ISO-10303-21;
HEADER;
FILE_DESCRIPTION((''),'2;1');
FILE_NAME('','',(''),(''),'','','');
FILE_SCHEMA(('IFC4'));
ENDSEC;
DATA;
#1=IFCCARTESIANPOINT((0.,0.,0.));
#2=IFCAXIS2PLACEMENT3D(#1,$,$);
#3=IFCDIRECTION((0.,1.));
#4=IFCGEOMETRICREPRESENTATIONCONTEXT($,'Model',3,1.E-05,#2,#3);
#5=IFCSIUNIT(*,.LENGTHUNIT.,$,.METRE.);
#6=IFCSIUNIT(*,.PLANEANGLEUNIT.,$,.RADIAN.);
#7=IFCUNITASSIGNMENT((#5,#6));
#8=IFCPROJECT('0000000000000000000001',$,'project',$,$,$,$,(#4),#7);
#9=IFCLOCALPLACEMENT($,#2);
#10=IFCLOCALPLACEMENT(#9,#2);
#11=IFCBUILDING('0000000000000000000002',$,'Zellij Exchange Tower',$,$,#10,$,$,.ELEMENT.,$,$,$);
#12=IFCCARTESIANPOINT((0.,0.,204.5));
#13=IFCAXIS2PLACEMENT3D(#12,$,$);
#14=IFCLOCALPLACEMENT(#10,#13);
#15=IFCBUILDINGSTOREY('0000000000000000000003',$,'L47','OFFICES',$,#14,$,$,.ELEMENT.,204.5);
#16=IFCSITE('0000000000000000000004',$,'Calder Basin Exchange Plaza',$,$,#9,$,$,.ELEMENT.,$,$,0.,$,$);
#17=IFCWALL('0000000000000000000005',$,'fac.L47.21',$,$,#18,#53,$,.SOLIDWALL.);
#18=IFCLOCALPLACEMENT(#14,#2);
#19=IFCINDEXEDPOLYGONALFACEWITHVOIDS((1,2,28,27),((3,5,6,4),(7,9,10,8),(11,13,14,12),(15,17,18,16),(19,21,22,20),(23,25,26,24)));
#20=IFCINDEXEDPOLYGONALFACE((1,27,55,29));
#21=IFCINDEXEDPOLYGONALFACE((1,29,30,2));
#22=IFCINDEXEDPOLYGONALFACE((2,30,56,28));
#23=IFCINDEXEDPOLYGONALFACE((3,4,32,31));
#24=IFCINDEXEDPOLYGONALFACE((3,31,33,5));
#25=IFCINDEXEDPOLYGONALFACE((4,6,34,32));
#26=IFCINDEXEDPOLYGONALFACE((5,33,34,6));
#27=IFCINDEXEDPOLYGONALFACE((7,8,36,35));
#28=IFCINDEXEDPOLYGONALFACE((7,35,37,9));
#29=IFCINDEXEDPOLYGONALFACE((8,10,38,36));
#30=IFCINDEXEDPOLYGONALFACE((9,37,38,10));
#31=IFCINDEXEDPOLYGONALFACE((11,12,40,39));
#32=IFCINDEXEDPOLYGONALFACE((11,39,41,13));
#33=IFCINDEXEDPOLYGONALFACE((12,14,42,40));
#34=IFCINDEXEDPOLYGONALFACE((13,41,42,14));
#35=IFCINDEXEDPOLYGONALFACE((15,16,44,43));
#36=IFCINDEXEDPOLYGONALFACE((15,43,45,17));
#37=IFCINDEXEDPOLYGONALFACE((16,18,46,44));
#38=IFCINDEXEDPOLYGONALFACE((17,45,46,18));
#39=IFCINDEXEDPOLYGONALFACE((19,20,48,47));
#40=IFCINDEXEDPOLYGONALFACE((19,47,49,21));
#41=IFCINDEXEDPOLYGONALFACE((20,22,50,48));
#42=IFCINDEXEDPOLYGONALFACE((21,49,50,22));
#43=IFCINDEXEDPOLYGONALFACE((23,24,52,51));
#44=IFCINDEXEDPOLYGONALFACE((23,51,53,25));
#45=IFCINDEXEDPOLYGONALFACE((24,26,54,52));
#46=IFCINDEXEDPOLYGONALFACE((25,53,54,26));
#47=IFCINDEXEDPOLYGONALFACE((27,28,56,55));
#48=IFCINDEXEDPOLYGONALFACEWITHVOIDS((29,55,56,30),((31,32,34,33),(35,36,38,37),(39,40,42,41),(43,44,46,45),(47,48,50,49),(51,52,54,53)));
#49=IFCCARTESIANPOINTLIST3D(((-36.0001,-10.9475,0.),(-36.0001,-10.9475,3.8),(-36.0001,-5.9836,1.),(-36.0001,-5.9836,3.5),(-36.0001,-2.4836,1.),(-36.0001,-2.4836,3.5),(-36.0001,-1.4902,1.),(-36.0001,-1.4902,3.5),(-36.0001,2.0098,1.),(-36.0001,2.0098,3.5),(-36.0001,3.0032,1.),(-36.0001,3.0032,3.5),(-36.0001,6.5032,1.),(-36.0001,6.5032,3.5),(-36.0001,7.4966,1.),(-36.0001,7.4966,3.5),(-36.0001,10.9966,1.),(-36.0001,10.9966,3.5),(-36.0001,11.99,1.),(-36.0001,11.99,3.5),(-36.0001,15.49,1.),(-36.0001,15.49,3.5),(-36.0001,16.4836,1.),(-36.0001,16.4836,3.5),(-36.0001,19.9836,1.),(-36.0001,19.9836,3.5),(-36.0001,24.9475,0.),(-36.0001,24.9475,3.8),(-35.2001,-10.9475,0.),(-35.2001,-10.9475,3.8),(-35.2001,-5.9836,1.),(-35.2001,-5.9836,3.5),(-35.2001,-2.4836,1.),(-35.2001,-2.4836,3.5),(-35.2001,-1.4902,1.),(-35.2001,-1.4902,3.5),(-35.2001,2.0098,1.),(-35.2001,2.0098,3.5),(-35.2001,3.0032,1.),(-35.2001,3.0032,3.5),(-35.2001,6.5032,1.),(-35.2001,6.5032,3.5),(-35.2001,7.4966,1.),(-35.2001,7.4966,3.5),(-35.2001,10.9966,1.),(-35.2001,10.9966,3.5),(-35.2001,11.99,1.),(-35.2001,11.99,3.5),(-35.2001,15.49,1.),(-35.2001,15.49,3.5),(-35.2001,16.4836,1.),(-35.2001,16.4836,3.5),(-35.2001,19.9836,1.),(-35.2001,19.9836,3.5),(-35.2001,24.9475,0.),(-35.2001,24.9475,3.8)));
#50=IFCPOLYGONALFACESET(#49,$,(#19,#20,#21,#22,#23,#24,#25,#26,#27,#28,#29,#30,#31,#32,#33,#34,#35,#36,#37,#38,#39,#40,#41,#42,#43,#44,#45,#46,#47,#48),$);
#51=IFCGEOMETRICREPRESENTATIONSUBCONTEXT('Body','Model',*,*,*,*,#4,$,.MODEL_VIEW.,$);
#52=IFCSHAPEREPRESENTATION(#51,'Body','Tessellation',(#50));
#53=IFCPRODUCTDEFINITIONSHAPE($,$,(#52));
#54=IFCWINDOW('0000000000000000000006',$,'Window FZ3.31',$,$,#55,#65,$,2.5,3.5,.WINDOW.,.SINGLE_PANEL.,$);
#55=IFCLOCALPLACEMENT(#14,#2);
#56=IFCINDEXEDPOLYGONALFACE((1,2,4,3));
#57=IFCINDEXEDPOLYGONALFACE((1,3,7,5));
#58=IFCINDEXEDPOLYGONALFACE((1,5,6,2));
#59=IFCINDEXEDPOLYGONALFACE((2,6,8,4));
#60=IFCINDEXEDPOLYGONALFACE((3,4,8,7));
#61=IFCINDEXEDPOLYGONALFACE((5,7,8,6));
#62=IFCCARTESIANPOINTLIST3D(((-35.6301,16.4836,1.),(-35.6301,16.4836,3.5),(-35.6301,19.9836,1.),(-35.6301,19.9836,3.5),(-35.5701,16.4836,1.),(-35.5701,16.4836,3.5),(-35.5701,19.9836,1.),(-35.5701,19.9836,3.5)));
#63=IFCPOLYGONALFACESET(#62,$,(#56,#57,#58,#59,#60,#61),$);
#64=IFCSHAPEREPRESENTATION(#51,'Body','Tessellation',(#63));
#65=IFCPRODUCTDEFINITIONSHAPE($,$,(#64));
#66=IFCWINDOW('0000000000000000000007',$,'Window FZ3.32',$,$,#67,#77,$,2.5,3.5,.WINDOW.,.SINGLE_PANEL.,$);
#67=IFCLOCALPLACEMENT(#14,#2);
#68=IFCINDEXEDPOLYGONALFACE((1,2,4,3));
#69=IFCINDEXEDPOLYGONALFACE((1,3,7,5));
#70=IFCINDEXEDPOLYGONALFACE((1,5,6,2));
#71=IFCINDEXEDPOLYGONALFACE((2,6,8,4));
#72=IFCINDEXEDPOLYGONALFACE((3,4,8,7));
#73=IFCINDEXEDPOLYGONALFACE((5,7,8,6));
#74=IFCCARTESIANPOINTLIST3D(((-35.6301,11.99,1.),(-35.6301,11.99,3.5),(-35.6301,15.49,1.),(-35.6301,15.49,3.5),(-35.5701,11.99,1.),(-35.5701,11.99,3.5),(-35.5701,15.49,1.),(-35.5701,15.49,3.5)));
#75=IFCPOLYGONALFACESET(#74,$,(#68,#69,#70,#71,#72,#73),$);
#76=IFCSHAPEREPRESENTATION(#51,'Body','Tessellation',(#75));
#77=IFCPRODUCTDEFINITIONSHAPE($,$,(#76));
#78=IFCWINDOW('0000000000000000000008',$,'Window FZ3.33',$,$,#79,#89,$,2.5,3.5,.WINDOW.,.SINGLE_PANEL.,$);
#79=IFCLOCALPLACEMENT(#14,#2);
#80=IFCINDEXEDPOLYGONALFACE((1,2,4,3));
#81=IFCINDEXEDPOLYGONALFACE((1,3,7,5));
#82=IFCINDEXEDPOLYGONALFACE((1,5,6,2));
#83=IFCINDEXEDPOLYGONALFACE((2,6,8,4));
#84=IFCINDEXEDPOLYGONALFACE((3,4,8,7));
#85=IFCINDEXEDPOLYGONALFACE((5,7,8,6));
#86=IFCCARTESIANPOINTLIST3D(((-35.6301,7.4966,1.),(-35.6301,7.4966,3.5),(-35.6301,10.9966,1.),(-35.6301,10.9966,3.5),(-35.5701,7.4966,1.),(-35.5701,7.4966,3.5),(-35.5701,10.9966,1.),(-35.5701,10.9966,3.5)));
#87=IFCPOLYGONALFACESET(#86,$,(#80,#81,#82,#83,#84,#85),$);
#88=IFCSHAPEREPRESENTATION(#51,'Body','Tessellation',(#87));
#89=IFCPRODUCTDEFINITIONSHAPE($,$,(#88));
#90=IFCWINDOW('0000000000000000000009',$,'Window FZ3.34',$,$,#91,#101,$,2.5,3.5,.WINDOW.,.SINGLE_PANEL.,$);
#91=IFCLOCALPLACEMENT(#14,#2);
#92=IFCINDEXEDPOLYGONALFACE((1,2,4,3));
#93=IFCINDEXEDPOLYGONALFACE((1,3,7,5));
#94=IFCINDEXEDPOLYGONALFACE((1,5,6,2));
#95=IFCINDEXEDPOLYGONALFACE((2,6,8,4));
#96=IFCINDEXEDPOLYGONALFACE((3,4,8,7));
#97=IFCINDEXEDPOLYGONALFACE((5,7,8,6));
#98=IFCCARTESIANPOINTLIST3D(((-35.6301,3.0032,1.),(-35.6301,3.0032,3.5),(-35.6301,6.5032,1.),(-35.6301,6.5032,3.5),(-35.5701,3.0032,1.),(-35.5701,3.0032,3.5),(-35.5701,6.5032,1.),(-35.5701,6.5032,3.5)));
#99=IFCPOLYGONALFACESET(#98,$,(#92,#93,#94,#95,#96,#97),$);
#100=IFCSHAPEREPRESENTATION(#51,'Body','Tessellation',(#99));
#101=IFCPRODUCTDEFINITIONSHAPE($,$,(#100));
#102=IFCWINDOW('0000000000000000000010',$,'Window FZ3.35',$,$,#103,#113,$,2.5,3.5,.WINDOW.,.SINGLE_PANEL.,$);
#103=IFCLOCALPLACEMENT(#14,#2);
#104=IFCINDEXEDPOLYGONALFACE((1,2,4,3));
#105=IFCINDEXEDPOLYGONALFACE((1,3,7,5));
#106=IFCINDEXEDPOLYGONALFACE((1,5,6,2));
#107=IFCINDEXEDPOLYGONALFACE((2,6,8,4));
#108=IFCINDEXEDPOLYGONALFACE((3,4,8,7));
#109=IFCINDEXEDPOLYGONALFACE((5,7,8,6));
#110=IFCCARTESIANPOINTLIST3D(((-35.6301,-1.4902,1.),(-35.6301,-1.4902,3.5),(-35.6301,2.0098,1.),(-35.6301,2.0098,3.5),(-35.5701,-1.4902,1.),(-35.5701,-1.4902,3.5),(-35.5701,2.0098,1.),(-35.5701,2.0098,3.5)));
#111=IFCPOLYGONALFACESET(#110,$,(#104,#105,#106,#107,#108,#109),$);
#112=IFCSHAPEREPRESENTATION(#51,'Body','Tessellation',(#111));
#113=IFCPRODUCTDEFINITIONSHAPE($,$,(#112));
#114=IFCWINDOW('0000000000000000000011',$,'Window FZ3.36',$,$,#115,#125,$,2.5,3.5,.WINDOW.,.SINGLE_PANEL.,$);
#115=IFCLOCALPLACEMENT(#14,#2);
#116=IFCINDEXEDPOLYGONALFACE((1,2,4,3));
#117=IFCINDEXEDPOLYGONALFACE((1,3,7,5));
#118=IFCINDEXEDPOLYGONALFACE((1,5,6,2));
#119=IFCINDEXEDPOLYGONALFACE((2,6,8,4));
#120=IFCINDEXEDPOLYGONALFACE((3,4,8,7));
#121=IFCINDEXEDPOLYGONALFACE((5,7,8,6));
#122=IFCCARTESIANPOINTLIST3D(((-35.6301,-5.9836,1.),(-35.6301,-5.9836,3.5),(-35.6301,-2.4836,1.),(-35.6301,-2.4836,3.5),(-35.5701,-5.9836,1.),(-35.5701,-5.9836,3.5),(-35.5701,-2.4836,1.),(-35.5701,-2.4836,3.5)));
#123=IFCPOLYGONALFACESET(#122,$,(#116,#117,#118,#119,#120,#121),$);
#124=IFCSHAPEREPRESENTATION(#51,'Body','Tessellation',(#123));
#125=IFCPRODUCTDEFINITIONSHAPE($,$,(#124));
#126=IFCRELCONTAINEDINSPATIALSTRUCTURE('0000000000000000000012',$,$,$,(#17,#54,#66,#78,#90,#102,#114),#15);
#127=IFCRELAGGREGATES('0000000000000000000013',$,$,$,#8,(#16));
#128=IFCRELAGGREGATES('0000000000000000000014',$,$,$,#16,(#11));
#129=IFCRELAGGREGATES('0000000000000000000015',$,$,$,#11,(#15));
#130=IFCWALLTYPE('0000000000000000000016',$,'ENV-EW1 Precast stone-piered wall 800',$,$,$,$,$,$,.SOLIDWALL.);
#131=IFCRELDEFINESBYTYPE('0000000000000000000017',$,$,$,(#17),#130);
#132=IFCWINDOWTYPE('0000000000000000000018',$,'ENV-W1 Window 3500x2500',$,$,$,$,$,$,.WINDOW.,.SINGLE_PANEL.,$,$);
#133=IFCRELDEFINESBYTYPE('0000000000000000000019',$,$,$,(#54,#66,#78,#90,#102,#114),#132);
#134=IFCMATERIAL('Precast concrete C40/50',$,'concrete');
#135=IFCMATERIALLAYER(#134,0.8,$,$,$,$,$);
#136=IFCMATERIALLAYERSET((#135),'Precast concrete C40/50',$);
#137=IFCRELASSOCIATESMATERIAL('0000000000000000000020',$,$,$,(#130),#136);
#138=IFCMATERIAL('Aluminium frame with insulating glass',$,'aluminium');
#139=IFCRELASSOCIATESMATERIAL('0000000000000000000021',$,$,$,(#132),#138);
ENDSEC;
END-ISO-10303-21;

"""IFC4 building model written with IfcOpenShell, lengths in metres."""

from ifc_helpers import new_model, si_unit, direction, frame, frame_2d, origin, place, context, subcontext, project, spatial, rectangle, extrude, material, layer, layer_set, type_object, element, fill, save


model = new_model("IFC4")

# Units and contexts
model_context = context("Model", 3, precision=1e-05, world=origin(), true_north=direction((0.0, 1.0)))
body_context = subcontext(model_context, "Body", "Model", "MODEL_VIEW")
ifc_project = project(units=[si_unit("LENGTHUNIT", "METRE"), si_unit("PLANEANGLEUNIT", "RADIAN")], contexts=[model_context])

# Site, building, storey
site_placement = place(None, origin())
site = spatial("IfcSite", under=ifc_project, at=site_placement, Name="Calder Basin Exchange Plaza", CompositionType="ELEMENT", RefElevation=0.0)
building_placement = place(site_placement, origin())
building = spatial("IfcBuilding", under=site, at=building_placement, Name="Zellij Exchange Tower", CompositionType="ELEMENT")
storey_placement = place(building_placement, frame((0.0, 0.0, 204.5)))
storey = spatial("IfcBuildingStorey", under=building, at=storey_placement, Name="L47", Description="OFFICES", CompositionType="ELEMENT", Elevation=204.5)

# Shared definitions
ifc_material_1 = material(Name="Precast concrete C40/50", Category="concrete")
ifc_layer_1 = layer(ifc_material_1, 0.8)
ifc_layer_set_1 = layer_set([ifc_layer_1], Name="Precast concrete C40/50")
wall_type = type_object("IfcWallType", Name="ENV-EW1 Precast stone-piered wall 800", PredefinedType="SOLIDWALL", material=ifc_layer_set_1)

# Wall, openings, windows
wall_1_placement = place(storey_placement, frame((-35.6001, 24.9475, 0.0), z_axis=(0.0, 0.0, 1.0), x_axis=(0.0, -1.0, 0.0)))
wall_1 = element("IfcWall", 1, at=wall_1_placement, inside=storey, type_object=wall_type, Name="fac.L47.21", PredefinedType="SOLIDWALL", context=body_context, shape_type="SweptSolid", body=[
    extrude(rectangle(XDim=35.895, YDim=0.8, at=frame_2d((17.9475, 0.0))), origin(), (0.0, 0.0, 1.0), 3.8),
])
opening_1_placement = place(wall_1_placement, frame((4.9639, 0.0, 1.0)))
opening_1 = element("IfcOpeningElement", 2, at=opening_1_placement, cuts=wall_1, PredefinedType="OPENING", context=body_context, shape_type="SweptSolid", body=[
    extrude(rectangle(XDim=3.5, YDim=2.5, at=frame_2d((1.75, 1.25))), frame((0.0, 0.4121, 0.0), z_axis=(0.0, -1.0, 0.0), x_axis=(1.0, 0.0, 0.0)), (0.0, 0.0, 1.0), 0.824),
])
opening_2_placement = place(wall_1_placement, frame((9.4575, 0.0, 1.0)))
opening_2 = element("IfcOpeningElement", 3, at=opening_2_placement, cuts=wall_1, PredefinedType="OPENING", context=body_context, shape_type="SweptSolid", body=[
    extrude(rectangle(XDim=3.5, YDim=2.5, at=frame_2d((1.75, 1.25))), frame((0.0, 0.4121, 0.0), z_axis=(0.0, -1.0, 0.0), x_axis=(1.0, 0.0, 0.0)), (0.0, 0.0, 1.0), 0.824),
])
opening_3_placement = place(wall_1_placement, frame((13.9509, 0.0, 1.0)))
opening_3 = element("IfcOpeningElement", 4, at=opening_3_placement, cuts=wall_1, PredefinedType="OPENING", context=body_context, shape_type="SweptSolid", body=[
    extrude(rectangle(XDim=3.5, YDim=2.5, at=frame_2d((1.75, 1.25))), frame((0.0, 0.4121, 0.0), z_axis=(0.0, -1.0, 0.0), x_axis=(1.0, 0.0, 0.0)), (0.0, 0.0, 1.0), 0.824),
])
opening_4_placement = place(wall_1_placement, frame((18.4443, 0.0, 1.0)))
opening_4 = element("IfcOpeningElement", 5, at=opening_4_placement, cuts=wall_1, PredefinedType="OPENING", context=body_context, shape_type="SweptSolid", body=[
    extrude(rectangle(XDim=3.5, YDim=2.5, at=frame_2d((1.75, 1.25))), frame((0.0, 0.4121, 0.0), z_axis=(0.0, -1.0, 0.0), x_axis=(1.0, 0.0, 0.0)), (0.0, 0.0, 1.0), 0.824),
])
opening_5_placement = place(wall_1_placement, frame((22.9377, 0.0, 1.0)))
opening_5 = element("IfcOpeningElement", 6, at=opening_5_placement, cuts=wall_1, PredefinedType="OPENING", context=body_context, shape_type="SweptSolid", body=[
    extrude(rectangle(XDim=3.5, YDim=2.5, at=frame_2d((1.75, 1.25))), frame((0.0, 0.4121, 0.0), z_axis=(0.0, -1.0, 0.0), x_axis=(1.0, 0.0, 0.0)), (0.0, 0.0, 1.0), 0.824),
])
opening_6_placement = place(wall_1_placement, frame((27.4312, 0.0, 1.0)))
opening_6 = element("IfcOpeningElement", 7, at=opening_6_placement, cuts=wall_1, PredefinedType="OPENING", context=body_context, shape_type="SweptSolid", body=[
    extrude(rectangle(XDim=3.5, YDim=2.5, at=frame_2d((1.75, 1.25))), frame((0.0, 0.4121, 0.0), z_axis=(0.0, -1.0, 0.0), x_axis=(1.0, 0.0, 0.0)), (0.0, 0.0, 1.0), 0.824),
])
ifc_material_2 = material(Name="Aluminium frame with insulating glass", Category="aluminium")
window_type = type_object("IfcWindowType", Name="ENV-W1 Window 3500x2500", PartitioningType="SINGLE_PANEL", PredefinedType="WINDOW", material=ifc_material_2)
window_1_placement = place(opening_1_placement, origin())
window_1 = element("IfcWindow", 8, at=window_1_placement, inside=storey, type_object=window_type, Name="Window FZ3.31", OverallHeight=2.5, OverallWidth=3.5, PartitioningType="SINGLE_PANEL", PredefinedType="WINDOW", context=body_context, shape_type="SweptSolid", body=[
    extrude(rectangle(XDim=3.5, YDim=2.5, at=frame_2d((1.75, 1.25))), frame((0.0, 0.03, 0.0), z_axis=(0.0, -1.0, 0.0), x_axis=(1.0, 0.0, 0.0)), (0.0, 0.0, 1.0), 0.0601),
])
fill(opening_1, window_1)
window_2_placement = place(opening_2_placement, origin())
window_2 = element("IfcWindow", 9, at=window_2_placement, inside=storey, type_object=window_type, Name="Window FZ3.32", OverallHeight=2.5, OverallWidth=3.5, PartitioningType="SINGLE_PANEL", PredefinedType="WINDOW", context=body_context, shape_type="SweptSolid", body=[
    extrude(rectangle(XDim=3.5, YDim=2.5, at=frame_2d((1.75, 1.25))), frame((0.0, 0.03, 0.0), z_axis=(0.0, -1.0, 0.0), x_axis=(1.0, 0.0, 0.0)), (0.0, 0.0, 1.0), 0.0601),
])
fill(opening_2, window_2)
window_3_placement = place(opening_3_placement, origin())
window_3 = element("IfcWindow", 10, at=window_3_placement, inside=storey, type_object=window_type, Name="Window FZ3.33", OverallHeight=2.5, OverallWidth=3.5, PartitioningType="SINGLE_PANEL", PredefinedType="WINDOW", context=body_context, shape_type="SweptSolid", body=[
    extrude(rectangle(XDim=3.5, YDim=2.5, at=frame_2d((1.75, 1.25))), frame((0.0, 0.03, 0.0), z_axis=(0.0, -1.0, 0.0), x_axis=(1.0, 0.0, 0.0)), (0.0, 0.0, 1.0), 0.0601),
])
fill(opening_3, window_3)
window_4_placement = place(opening_4_placement, origin())
window_4 = element("IfcWindow", 11, at=window_4_placement, inside=storey, type_object=window_type, Name="Window FZ3.34", OverallHeight=2.5, OverallWidth=3.5, PartitioningType="SINGLE_PANEL", PredefinedType="WINDOW", context=body_context, shape_type="SweptSolid", body=[
    extrude(rectangle(XDim=3.5, YDim=2.5, at=frame_2d((1.75, 1.25))), frame((0.0, 0.03, 0.0), z_axis=(0.0, -1.0, 0.0), x_axis=(1.0, 0.0, 0.0)), (0.0, 0.0, 1.0), 0.0601),
])
fill(opening_4, window_4)
window_5_placement = place(opening_5_placement, origin())
window_5 = element("IfcWindow", 12, at=window_5_placement, inside=storey, type_object=window_type, Name="Window FZ3.35", OverallHeight=2.5, OverallWidth=3.5, PartitioningType="SINGLE_PANEL", PredefinedType="WINDOW", context=body_context, shape_type="SweptSolid", body=[
    extrude(rectangle(XDim=3.5, YDim=2.5, at=frame_2d((1.75, 1.25))), frame((0.0, 0.03, 0.0), z_axis=(0.0, -1.0, 0.0), x_axis=(1.0, 0.0, 0.0)), (0.0, 0.0, 1.0), 0.0601),
])
fill(opening_5, window_5)
window_6_placement = place(opening_6_placement, origin())
window_6 = element("IfcWindow", 13, at=window_6_placement, inside=storey, type_object=window_type, Name="Window FZ3.36", OverallHeight=2.5, OverallWidth=3.5, PartitioningType="SINGLE_PANEL", PredefinedType="WINDOW", context=body_context, shape_type="SweptSolid", body=[
    extrude(rectangle(XDim=3.5, YDim=2.5, at=frame_2d((1.75, 1.25))), frame((0.0, 0.03, 0.0), z_axis=(0.0, -1.0, 0.0), x_axis=(1.0, 0.0, 0.0)), (0.0, 0.0, 1.0), 0.0601),
])
fill(opening_6, window_6)

save(model, "model.ifc")
